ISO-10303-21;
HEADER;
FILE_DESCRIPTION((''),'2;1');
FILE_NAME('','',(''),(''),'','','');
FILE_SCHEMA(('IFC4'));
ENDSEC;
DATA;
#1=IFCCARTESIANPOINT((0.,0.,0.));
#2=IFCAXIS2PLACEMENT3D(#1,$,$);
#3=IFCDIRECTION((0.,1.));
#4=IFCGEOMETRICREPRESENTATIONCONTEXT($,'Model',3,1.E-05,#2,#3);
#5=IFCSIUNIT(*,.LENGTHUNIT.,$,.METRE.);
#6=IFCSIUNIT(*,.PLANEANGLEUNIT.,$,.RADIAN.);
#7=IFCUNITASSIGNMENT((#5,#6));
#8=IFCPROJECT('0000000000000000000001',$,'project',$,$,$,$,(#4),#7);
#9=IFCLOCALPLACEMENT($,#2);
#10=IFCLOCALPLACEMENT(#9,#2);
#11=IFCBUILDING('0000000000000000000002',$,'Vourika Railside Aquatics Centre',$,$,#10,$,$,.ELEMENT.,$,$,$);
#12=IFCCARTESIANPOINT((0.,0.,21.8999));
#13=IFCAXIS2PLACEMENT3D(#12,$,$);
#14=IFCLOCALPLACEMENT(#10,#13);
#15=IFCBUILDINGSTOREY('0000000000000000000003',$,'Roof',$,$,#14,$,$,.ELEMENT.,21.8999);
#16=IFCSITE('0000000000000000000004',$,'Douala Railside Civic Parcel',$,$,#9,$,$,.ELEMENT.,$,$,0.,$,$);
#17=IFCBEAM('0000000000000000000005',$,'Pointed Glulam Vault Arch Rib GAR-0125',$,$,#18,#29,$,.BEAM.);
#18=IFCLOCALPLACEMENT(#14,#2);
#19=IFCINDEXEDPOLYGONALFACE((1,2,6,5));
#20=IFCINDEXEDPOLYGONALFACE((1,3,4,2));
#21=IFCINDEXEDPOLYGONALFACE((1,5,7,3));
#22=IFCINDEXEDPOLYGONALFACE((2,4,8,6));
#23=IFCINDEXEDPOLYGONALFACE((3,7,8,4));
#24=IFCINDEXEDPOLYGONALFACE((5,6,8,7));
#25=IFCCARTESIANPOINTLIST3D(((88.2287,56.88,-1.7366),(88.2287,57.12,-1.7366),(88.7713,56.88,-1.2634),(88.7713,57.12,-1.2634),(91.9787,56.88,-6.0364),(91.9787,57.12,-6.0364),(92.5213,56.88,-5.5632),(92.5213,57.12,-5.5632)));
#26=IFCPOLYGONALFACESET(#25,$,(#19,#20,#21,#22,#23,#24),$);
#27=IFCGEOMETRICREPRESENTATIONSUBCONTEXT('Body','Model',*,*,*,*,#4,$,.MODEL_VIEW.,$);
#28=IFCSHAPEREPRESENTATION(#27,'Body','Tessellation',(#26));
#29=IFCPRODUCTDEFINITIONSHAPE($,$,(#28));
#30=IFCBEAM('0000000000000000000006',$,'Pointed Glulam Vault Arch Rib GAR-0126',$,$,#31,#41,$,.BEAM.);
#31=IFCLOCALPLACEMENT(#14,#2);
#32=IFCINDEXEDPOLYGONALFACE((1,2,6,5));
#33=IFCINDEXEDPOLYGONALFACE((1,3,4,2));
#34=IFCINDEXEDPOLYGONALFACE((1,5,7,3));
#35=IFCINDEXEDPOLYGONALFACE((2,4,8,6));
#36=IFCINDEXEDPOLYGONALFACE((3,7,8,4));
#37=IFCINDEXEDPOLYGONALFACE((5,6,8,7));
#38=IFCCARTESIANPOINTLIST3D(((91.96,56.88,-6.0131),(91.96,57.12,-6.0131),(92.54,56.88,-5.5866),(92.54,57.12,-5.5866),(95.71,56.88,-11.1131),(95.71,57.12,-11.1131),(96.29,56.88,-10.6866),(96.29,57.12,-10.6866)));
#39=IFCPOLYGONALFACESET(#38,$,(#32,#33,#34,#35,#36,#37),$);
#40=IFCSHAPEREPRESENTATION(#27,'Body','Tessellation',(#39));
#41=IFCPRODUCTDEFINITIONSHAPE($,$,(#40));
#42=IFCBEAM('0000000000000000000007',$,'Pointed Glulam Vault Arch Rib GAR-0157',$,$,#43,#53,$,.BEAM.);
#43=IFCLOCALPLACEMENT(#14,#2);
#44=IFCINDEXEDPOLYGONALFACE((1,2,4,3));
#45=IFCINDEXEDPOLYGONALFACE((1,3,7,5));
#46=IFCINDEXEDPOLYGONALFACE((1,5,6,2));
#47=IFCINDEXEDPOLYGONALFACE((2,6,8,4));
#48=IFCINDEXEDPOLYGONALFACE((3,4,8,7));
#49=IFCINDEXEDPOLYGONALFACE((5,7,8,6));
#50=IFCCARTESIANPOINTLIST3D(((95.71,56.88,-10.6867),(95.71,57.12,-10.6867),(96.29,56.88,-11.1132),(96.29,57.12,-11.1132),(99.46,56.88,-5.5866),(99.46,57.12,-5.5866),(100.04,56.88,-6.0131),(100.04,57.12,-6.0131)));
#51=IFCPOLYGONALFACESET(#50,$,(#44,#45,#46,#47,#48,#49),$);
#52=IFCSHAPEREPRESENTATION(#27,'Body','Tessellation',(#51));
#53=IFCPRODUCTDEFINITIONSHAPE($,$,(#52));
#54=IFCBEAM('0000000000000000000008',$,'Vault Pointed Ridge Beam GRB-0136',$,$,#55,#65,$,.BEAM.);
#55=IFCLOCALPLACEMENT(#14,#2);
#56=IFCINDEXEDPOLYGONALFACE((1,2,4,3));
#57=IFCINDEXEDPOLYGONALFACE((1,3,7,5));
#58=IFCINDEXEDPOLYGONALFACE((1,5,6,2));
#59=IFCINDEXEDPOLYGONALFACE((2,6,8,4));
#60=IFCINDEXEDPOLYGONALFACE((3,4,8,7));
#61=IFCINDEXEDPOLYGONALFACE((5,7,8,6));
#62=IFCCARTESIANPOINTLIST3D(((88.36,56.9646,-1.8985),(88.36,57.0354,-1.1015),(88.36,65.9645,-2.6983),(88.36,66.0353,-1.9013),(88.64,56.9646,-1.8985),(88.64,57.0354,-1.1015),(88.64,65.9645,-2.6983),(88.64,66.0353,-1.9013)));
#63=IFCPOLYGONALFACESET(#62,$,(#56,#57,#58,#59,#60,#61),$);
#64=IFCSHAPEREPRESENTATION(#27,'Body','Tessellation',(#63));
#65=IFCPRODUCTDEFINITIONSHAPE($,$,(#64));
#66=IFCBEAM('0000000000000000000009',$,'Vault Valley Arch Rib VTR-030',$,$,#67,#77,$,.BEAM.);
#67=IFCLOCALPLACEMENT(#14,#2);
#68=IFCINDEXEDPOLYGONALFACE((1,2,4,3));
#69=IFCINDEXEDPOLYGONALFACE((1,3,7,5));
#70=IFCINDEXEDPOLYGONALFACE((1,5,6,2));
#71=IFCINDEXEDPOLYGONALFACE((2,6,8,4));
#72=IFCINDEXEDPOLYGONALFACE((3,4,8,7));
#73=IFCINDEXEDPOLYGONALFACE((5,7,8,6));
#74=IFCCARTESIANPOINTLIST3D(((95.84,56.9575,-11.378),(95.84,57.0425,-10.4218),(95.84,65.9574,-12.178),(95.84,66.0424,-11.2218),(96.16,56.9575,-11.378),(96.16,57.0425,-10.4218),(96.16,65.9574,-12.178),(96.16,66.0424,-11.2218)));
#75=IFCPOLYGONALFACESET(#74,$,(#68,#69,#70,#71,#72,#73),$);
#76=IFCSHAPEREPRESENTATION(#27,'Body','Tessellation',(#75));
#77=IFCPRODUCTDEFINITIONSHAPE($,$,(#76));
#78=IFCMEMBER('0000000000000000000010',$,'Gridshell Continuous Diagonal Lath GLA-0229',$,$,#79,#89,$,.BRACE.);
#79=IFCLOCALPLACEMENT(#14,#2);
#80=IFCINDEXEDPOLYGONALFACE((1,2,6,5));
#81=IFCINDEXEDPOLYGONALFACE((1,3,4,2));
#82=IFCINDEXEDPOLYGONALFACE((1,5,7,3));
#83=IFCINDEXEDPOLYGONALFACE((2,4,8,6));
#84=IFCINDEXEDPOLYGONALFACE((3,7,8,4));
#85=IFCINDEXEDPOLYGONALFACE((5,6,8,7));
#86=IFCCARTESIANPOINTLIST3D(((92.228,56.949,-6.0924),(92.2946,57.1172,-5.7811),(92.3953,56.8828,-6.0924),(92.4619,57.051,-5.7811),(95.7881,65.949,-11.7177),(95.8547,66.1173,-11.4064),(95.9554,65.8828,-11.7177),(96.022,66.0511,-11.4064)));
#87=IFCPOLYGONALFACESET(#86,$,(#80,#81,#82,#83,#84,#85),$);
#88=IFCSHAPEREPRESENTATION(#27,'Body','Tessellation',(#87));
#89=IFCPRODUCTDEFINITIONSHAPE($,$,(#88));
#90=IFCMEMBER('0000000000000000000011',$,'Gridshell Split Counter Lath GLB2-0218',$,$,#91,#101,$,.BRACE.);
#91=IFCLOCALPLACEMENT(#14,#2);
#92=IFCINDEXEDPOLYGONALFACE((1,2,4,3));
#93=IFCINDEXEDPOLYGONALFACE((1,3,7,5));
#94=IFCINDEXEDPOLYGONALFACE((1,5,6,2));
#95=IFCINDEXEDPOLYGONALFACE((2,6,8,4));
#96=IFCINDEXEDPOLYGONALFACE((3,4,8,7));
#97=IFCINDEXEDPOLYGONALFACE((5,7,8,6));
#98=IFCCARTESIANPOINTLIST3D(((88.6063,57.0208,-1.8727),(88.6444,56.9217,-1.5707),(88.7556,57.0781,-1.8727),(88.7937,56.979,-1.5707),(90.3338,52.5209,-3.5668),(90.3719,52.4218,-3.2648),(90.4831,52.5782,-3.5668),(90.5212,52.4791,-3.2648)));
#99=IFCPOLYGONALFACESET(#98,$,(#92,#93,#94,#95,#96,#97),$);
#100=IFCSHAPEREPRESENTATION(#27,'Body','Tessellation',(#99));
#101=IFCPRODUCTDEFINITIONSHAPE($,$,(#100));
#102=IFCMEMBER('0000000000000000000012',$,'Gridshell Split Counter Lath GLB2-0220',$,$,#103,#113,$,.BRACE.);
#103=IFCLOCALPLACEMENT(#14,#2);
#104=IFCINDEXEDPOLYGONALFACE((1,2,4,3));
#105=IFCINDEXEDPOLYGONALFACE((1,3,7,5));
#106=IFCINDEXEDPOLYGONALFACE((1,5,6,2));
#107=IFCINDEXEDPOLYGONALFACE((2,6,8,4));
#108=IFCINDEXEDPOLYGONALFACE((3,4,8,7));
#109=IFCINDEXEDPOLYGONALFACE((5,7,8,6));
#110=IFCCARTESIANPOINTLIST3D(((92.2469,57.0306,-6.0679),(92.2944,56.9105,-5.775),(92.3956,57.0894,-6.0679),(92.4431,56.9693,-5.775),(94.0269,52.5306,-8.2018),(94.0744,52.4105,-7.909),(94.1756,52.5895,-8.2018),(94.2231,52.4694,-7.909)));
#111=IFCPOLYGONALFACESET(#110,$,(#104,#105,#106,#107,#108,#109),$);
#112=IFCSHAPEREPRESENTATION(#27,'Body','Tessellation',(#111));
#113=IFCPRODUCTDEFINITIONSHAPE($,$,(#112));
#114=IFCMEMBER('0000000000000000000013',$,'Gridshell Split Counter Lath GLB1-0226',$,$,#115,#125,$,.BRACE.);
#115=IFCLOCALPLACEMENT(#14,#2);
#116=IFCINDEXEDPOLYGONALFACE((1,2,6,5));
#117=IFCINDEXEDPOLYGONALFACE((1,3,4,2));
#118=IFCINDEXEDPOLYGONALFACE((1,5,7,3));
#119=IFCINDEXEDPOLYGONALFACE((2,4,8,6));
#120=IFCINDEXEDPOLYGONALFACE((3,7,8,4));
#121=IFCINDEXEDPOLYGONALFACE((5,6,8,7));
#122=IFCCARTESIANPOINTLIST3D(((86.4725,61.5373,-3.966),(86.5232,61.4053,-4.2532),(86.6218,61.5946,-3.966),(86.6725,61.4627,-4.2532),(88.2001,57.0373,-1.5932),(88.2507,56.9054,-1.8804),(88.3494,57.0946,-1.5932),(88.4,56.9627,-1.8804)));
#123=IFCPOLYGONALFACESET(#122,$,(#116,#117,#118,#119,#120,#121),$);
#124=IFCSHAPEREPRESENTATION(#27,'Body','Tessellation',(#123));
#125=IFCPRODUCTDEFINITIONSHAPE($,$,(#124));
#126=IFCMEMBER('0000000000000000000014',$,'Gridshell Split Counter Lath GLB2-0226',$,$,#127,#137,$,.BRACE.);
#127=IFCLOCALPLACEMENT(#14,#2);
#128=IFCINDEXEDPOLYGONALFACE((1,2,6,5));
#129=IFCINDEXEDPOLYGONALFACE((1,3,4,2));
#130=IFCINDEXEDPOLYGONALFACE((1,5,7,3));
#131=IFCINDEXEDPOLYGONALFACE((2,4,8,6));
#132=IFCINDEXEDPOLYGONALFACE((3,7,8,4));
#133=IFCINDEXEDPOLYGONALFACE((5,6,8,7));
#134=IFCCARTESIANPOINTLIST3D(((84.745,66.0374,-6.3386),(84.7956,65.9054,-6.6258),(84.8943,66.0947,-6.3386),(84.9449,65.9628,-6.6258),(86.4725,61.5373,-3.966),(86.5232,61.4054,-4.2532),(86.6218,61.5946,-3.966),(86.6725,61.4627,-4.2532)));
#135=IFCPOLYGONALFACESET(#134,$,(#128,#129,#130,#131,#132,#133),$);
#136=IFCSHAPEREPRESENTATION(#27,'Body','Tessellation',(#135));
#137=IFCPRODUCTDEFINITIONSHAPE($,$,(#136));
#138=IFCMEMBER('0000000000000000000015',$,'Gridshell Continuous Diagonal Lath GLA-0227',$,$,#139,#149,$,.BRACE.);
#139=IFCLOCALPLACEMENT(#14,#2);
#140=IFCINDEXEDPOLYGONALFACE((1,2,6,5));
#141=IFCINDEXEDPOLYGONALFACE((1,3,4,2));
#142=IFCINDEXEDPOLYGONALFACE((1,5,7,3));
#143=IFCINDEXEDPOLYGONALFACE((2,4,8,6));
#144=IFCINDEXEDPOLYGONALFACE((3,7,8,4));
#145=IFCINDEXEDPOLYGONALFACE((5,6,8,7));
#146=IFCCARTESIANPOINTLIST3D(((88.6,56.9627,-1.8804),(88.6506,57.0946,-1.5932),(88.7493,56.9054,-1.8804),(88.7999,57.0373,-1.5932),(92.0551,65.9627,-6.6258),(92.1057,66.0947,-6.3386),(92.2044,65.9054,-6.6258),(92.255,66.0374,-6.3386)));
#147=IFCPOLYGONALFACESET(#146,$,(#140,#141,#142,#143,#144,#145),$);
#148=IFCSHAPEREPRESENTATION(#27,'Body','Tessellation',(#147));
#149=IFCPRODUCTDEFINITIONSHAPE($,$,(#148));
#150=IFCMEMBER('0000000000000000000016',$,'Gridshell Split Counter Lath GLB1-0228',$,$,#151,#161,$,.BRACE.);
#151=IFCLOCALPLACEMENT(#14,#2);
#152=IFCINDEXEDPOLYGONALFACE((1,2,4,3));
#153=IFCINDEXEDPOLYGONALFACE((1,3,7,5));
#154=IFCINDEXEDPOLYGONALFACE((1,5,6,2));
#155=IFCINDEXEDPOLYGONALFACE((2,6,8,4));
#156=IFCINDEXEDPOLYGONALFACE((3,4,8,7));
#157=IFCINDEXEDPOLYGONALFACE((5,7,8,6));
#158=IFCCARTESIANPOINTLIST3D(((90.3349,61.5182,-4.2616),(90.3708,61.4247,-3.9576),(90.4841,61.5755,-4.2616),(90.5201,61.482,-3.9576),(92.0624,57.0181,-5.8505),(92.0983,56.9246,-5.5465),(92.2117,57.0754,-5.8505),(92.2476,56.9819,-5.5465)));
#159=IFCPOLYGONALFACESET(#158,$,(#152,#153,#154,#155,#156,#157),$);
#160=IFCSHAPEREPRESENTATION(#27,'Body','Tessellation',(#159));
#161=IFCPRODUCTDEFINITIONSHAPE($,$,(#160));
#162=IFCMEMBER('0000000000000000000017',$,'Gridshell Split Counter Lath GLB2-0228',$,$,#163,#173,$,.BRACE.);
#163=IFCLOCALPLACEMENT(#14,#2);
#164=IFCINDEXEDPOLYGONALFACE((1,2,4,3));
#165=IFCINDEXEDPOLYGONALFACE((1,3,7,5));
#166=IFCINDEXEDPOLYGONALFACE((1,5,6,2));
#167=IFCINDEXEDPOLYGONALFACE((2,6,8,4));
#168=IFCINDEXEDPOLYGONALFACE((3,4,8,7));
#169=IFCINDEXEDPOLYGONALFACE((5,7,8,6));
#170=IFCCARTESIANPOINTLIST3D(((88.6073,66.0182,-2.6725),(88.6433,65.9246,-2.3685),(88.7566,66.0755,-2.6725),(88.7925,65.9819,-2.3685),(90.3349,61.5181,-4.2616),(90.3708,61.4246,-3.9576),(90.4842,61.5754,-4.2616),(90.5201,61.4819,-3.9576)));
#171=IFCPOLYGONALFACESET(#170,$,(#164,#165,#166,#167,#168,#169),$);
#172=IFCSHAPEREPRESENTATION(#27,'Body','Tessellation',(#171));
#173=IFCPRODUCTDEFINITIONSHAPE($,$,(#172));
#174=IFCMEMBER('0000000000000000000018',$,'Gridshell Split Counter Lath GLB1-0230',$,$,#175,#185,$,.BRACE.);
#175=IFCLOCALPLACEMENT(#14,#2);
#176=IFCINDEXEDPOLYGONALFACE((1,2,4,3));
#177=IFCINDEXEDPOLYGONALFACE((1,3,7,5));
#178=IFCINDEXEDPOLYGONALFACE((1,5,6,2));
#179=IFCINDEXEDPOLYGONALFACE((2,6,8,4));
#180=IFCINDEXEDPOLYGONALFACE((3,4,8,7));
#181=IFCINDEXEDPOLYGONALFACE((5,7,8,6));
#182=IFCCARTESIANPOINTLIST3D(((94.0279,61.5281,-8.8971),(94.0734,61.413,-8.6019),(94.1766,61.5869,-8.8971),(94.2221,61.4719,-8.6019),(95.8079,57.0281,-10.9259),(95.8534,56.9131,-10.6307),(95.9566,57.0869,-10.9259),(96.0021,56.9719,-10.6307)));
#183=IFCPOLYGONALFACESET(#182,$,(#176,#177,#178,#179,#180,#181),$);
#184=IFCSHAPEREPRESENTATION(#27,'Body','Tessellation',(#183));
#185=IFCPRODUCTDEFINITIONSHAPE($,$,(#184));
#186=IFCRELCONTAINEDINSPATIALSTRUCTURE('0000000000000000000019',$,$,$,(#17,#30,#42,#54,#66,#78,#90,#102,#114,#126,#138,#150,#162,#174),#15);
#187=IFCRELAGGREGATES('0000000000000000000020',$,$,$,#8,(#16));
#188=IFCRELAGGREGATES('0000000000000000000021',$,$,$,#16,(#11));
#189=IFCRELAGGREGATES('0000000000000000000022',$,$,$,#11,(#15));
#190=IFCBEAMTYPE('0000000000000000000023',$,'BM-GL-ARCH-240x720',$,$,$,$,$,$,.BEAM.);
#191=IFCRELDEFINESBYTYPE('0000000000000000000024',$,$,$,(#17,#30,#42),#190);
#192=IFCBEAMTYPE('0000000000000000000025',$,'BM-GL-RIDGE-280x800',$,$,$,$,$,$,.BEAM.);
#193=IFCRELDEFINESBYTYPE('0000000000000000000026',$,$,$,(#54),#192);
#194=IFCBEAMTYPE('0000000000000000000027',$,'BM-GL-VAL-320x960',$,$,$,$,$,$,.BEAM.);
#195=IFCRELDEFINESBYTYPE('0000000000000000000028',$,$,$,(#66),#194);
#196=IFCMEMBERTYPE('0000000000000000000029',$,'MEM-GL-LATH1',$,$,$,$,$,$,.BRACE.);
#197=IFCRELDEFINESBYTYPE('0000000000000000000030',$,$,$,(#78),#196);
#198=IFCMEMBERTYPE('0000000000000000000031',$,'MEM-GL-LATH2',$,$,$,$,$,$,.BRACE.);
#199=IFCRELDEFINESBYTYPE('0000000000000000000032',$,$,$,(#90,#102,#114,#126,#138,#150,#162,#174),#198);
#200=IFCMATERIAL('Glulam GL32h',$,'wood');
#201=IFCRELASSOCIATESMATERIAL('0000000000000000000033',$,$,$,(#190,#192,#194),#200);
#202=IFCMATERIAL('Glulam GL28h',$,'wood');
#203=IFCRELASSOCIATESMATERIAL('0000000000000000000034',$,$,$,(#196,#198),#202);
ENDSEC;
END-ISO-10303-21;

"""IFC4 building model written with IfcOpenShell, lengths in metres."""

from ifc_helpers import new_model, si_unit, direction, frame, origin, origin_2d, place, context, subcontext, project, spatial, rectangle, extrude, material, material_profile, profile_set, type_object, element, save


model = new_model("IFC4")

# Units and contexts
model_context = context("Model", 3, precision=1e-05, world=origin(), true_north=direction((0.0, 1.0)))
body_context = subcontext(model_context, "Body", "Model", "MODEL_VIEW")
ifc_project = project(units=[si_unit("LENGTHUNIT", "METRE"), si_unit("PLANEANGLEUNIT", "RADIAN")], contexts=[model_context])

# Site, building, storey
site_placement = place(None, origin())
site = spatial("IfcSite", under=ifc_project, at=site_placement, Name="Douala Railside Civic Parcel", CompositionType="ELEMENT", RefElevation=0.0)
building_placement = place(site_placement, origin())
building = spatial("IfcBuilding", under=site, at=building_placement, Name="Vourika Railside Aquatics Centre", CompositionType="ELEMENT")
storey_placement = place(building_placement, frame((0.0, 0.0, 21.8999)))
storey = spatial("IfcBuildingStorey", under=building, at=storey_placement, Name="Roof", CompositionType="ELEMENT", Elevation=21.8999)

# Beams
ifc_material_1 = material(Name="Glulam GL32h", Category="wood")
ifc_material_profile_1 = material_profile(ifc_material_1, rectangle(XDim=0.24, YDim=0.72, at=origin_2d()), Name="GL32h 240x720")
ifc_profile_set_1 = profile_set([ifc_material_profile_1], Name="Glulam GL32h")
beam_type_1 = type_object("IfcBeamType", Name="BM-GL-ARCH-240x720", PredefinedType="BEAM", material=ifc_profile_set_1)
beam_1_placement = place(storey_placement, frame((88.5, 57.0, -1.5), z_axis=(0.65728, 0.0, -0.753647), x_axis=(0.0, 1.0, 0.0)))
element("IfcBeam", 1, at=beam_1_placement, inside=storey, type_object=beam_type_1, Name="Pointed Glulam Vault Arch Rib GAR-0125", PredefinedType="BEAM", context=body_context, shape_type="SweptSolid", body=[
    extrude(rectangle(XDim=0.24, YDim=0.72, at=origin_2d()), origin(), (0.0, 0.0, 1.0), 5.7053),
])
for number, where, z_axis, x_axis, name in (
    (2, (92.25, 57.0, -5.7998), (0.592383, 0.0, -0.805656), (0.0, 1.0, 0.0), "Pointed Glulam Vault Arch Rib GAR-0126"),
    (3, (96.0, 57.0, -10.8999), (0.592383, 0.0, 0.805656), (0.0, 1.0, 0.0), "Pointed Glulam Vault Arch Rib GAR-0157"),
):
    element("IfcBeam", number, at=place(storey_placement, frame(where, z_axis=z_axis, x_axis=x_axis)), inside=storey, type_object=beam_type_1, Name=name, PredefinedType="BEAM", context=body_context, shape_type="SweptSolid", body=[
        extrude(rectangle(XDim=0.24, YDim=0.72, at=origin_2d()), origin(), (0.0, 0.0, 1.0), 6.3303),
    ])
ifc_material_profile_2 = material_profile(ifc_material_1, rectangle(XDim=0.28, YDim=0.8, at=origin_2d()), Name="GL32h 280x800")
ifc_profile_set_2 = profile_set([ifc_material_profile_2], Name="Glulam GL32h")
beam_type_2 = type_object("IfcBeamType", Name="BM-GL-RIDGE-280x800", PredefinedType="BEAM", material=ifc_profile_set_2)
beam_2_placement = place(storey_placement, frame((88.5, 57.0, -1.5), z_axis=(0.0, 0.996075, -0.088518), x_axis=(-1.0, 0.0, 0.0)))
element("IfcBeam", 4, at=beam_2_placement, inside=storey, type_object=beam_type_2, Name="Vault Pointed Ridge Beam GRB-0136", PredefinedType="BEAM", context=body_context, shape_type="SweptSolid", body=[
    extrude(rectangle(XDim=0.28, YDim=0.8, at=origin_2d()), origin(), (0.0, 0.0, 1.0), 9.0354),
])
ifc_material_profile_3 = material_profile(ifc_material_1, rectangle(XDim=0.3201, YDim=0.96, at=origin_2d()), Name="GL32h 320x960")
ifc_profile_set_3 = profile_set([ifc_material_profile_3], Name="Glulam GL32h")
beam_type_3 = type_object("IfcBeamType", Name="BM-GL-VAL-320x960", PredefinedType="BEAM", material=ifc_profile_set_3)
beam_3_placement = place(storey_placement, frame((96.0, 57.0, -10.8999), z_axis=(0.0, 0.996072, -0.088545), x_axis=(-1.0, 0.0, 0.0)))
element("IfcBeam", 5, at=beam_3_placement, inside=storey, type_object=beam_type_3, Name="Vault Valley Arch Rib VTR-030", PredefinedType="BEAM", context=body_context, shape_type="SweptSolid", body=[
    extrude(rectangle(XDim=0.3201, YDim=0.96, at=origin_2d()), origin(), (0.0, 0.0, 1.0), 9.0354),
])

# Members
ifc_material_2 = material(Name="Glulam GL28h", Category="wood")
ifc_material_profile_4 = material_profile(ifc_material_2, rectangle(XDim=0.1799, YDim=0.3601, at=origin_2d()), Name="GL28h 180x360")
ifc_profile_set_4 = profile_set([ifc_material_profile_4], Name="Glulam GL28h")
member_type_1 = type_object("IfcMemberType", Name="MEM-GL-LATH1", PredefinedType="BRACE", material=ifc_profile_set_4)
member_1_placement = place(storey_placement, frame((92.345, 57.0, -5.9368), z_axis=(0.318018, 0.803964, -0.5025), x_axis=(-0.929893, 0.36783, 0.0)))
element("IfcMember", 6, at=member_1_placement, inside=storey, type_object=member_type_1, Name="Gridshell Continuous Diagonal Lath GLA-0229", PredefinedType="BRACE", context=body_context, shape_type="SweptSolid", body=[
    extrude(rectangle(XDim=0.1799, YDim=0.3601, at=origin_2d()), origin(), (0.0, 0.0, 1.0), 11.1946),
])
ifc_material_profile_5 = material_profile(ifc_material_2, rectangle(XDim=0.1599, YDim=0.3201, at=origin_2d()), Name="GL28h 160x320")
ifc_profile_set_5 = profile_set([ifc_material_profile_5], Name="Glulam GL28h")
member_type_2 = type_object("IfcMemberType", Name="MEM-GL-LATH2", PredefinedType="BRACE", material=ifc_profile_set_5)
member_2_placement = place(storey_placement, frame((90.4275, 52.5, -3.4158), z_axis=(-0.338121, 0.880757, 0.331574), x_axis=(-0.93357, -0.358395, 0.0)))
element("IfcMember", 7, at=member_2_placement, inside=storey, type_object=member_type_2, Name="Gridshell Split Counter Lath GLB2-0218", PredefinedType="BRACE", context=body_context, shape_type="SweptSolid", body=[
    extrude(rectangle(XDim=0.1599, YDim=0.3201, at=origin_2d()), origin(), (0.0, 0.0, 1.0), 5.1091),
])
member_3_placement = place(storey_placement, frame((94.125, 52.5, -8.0554), z_axis=(-0.336559, 0.850836, 0.403492), x_axis=(-0.929893, -0.36783, 0.0)))
element("IfcMember", 8, at=member_3_placement, inside=storey, type_object=member_type_2, Name="Gridshell Split Counter Lath GLB2-0220", PredefinedType="BRACE", context=body_context, shape_type="SweptSolid", body=[
    extrude(rectangle(XDim=0.1599, YDim=0.3201, at=origin_2d()), origin(), (0.0, 0.0, 1.0), 5.2888),
])
for number, where, z_axis, x_axis, name in (
    (9, (88.3, 57.0, -1.7368), (-0.321548, 0.837587, -0.441651), (-0.93357, -0.358395, 0.0), "Gridshell Split Counter Lath GLB1-0226"),
    (10, (86.5725, 61.5, -4.1096), (-0.321554, 0.837604, -0.441614), (-0.93357, -0.358395, 0.0), "Gridshell Split Counter Lath GLB2-0226"),
):
    element("IfcMember", number, at=place(storey_placement, frame(where, z_axis=z_axis, x_axis=x_axis)), inside=storey, type_object=member_type_2, Name=name, PredefinedType="BRACE", context=body_context, shape_type="SweptSolid", body=[
        extrude(rectangle(XDim=0.1599, YDim=0.3201, at=origin_2d()), origin(), (0.0, 0.0, 1.0), 5.3726),
    ])
member_4_placement = place(storey_placement, frame((88.7, 57.0, -1.7368), z_axis=(0.321551, 0.837595, -0.441632), x_axis=(-0.93357, 0.358395, 0.0)))
element("IfcMember", 11, at=member_4_placement, inside=storey, type_object=member_type_2, Name="Gridshell Continuous Diagonal Lath GLA-0227", PredefinedType="BRACE", context=body_context, shape_type="SweptSolid", body=[
    extrude(rectangle(XDim=0.1599, YDim=0.3201, at=origin_2d()), origin(), (0.0, 0.0, 1.0), 10.7451),
])
for number, where, z_axis, x_axis, name in (
    (12, (92.155, 57.0, -5.6985), (-0.34038, 0.886643, 0.313057), (-0.93357, -0.358395, 0.0), "Gridshell Split Counter Lath GLB1-0228"),
    (13, (90.4275, 61.5, -4.1096), (-0.340375, 0.88663, 0.313101), (-0.93357, -0.358395, 0.0), "Gridshell Split Counter Lath GLB2-0228"),
):
    element("IfcMember", number, at=place(storey_placement, frame(where, z_axis=z_axis, x_axis=x_axis)), inside=storey, type_object=member_type_2, Name=name, PredefinedType="BRACE", context=body_context, shape_type="SweptSolid", body=[
        extrude(rectangle(XDim=0.1599, YDim=0.3201, at=origin_2d()), origin(), (0.0, 0.0, 1.0), 5.0754),
    ])
member_5_placement = place(storey_placement, frame((95.905, 57.0, -10.7783), z_axis=(-0.339225, 0.857577, 0.386636), x_axis=(-0.929893, -0.36783, 0.0)))
element("IfcMember", 14, at=member_5_placement, inside=storey, type_object=member_type_2, Name="Gridshell Split Counter Lath GLB1-0230", PredefinedType="BRACE", context=body_context, shape_type="SweptSolid", body=[
    extrude(rectangle(XDim=0.1599, YDim=0.3201, at=origin_2d()), origin(), (0.0, 0.0, 1.0), 5.2473),
])

save(model, "model.ifc")
